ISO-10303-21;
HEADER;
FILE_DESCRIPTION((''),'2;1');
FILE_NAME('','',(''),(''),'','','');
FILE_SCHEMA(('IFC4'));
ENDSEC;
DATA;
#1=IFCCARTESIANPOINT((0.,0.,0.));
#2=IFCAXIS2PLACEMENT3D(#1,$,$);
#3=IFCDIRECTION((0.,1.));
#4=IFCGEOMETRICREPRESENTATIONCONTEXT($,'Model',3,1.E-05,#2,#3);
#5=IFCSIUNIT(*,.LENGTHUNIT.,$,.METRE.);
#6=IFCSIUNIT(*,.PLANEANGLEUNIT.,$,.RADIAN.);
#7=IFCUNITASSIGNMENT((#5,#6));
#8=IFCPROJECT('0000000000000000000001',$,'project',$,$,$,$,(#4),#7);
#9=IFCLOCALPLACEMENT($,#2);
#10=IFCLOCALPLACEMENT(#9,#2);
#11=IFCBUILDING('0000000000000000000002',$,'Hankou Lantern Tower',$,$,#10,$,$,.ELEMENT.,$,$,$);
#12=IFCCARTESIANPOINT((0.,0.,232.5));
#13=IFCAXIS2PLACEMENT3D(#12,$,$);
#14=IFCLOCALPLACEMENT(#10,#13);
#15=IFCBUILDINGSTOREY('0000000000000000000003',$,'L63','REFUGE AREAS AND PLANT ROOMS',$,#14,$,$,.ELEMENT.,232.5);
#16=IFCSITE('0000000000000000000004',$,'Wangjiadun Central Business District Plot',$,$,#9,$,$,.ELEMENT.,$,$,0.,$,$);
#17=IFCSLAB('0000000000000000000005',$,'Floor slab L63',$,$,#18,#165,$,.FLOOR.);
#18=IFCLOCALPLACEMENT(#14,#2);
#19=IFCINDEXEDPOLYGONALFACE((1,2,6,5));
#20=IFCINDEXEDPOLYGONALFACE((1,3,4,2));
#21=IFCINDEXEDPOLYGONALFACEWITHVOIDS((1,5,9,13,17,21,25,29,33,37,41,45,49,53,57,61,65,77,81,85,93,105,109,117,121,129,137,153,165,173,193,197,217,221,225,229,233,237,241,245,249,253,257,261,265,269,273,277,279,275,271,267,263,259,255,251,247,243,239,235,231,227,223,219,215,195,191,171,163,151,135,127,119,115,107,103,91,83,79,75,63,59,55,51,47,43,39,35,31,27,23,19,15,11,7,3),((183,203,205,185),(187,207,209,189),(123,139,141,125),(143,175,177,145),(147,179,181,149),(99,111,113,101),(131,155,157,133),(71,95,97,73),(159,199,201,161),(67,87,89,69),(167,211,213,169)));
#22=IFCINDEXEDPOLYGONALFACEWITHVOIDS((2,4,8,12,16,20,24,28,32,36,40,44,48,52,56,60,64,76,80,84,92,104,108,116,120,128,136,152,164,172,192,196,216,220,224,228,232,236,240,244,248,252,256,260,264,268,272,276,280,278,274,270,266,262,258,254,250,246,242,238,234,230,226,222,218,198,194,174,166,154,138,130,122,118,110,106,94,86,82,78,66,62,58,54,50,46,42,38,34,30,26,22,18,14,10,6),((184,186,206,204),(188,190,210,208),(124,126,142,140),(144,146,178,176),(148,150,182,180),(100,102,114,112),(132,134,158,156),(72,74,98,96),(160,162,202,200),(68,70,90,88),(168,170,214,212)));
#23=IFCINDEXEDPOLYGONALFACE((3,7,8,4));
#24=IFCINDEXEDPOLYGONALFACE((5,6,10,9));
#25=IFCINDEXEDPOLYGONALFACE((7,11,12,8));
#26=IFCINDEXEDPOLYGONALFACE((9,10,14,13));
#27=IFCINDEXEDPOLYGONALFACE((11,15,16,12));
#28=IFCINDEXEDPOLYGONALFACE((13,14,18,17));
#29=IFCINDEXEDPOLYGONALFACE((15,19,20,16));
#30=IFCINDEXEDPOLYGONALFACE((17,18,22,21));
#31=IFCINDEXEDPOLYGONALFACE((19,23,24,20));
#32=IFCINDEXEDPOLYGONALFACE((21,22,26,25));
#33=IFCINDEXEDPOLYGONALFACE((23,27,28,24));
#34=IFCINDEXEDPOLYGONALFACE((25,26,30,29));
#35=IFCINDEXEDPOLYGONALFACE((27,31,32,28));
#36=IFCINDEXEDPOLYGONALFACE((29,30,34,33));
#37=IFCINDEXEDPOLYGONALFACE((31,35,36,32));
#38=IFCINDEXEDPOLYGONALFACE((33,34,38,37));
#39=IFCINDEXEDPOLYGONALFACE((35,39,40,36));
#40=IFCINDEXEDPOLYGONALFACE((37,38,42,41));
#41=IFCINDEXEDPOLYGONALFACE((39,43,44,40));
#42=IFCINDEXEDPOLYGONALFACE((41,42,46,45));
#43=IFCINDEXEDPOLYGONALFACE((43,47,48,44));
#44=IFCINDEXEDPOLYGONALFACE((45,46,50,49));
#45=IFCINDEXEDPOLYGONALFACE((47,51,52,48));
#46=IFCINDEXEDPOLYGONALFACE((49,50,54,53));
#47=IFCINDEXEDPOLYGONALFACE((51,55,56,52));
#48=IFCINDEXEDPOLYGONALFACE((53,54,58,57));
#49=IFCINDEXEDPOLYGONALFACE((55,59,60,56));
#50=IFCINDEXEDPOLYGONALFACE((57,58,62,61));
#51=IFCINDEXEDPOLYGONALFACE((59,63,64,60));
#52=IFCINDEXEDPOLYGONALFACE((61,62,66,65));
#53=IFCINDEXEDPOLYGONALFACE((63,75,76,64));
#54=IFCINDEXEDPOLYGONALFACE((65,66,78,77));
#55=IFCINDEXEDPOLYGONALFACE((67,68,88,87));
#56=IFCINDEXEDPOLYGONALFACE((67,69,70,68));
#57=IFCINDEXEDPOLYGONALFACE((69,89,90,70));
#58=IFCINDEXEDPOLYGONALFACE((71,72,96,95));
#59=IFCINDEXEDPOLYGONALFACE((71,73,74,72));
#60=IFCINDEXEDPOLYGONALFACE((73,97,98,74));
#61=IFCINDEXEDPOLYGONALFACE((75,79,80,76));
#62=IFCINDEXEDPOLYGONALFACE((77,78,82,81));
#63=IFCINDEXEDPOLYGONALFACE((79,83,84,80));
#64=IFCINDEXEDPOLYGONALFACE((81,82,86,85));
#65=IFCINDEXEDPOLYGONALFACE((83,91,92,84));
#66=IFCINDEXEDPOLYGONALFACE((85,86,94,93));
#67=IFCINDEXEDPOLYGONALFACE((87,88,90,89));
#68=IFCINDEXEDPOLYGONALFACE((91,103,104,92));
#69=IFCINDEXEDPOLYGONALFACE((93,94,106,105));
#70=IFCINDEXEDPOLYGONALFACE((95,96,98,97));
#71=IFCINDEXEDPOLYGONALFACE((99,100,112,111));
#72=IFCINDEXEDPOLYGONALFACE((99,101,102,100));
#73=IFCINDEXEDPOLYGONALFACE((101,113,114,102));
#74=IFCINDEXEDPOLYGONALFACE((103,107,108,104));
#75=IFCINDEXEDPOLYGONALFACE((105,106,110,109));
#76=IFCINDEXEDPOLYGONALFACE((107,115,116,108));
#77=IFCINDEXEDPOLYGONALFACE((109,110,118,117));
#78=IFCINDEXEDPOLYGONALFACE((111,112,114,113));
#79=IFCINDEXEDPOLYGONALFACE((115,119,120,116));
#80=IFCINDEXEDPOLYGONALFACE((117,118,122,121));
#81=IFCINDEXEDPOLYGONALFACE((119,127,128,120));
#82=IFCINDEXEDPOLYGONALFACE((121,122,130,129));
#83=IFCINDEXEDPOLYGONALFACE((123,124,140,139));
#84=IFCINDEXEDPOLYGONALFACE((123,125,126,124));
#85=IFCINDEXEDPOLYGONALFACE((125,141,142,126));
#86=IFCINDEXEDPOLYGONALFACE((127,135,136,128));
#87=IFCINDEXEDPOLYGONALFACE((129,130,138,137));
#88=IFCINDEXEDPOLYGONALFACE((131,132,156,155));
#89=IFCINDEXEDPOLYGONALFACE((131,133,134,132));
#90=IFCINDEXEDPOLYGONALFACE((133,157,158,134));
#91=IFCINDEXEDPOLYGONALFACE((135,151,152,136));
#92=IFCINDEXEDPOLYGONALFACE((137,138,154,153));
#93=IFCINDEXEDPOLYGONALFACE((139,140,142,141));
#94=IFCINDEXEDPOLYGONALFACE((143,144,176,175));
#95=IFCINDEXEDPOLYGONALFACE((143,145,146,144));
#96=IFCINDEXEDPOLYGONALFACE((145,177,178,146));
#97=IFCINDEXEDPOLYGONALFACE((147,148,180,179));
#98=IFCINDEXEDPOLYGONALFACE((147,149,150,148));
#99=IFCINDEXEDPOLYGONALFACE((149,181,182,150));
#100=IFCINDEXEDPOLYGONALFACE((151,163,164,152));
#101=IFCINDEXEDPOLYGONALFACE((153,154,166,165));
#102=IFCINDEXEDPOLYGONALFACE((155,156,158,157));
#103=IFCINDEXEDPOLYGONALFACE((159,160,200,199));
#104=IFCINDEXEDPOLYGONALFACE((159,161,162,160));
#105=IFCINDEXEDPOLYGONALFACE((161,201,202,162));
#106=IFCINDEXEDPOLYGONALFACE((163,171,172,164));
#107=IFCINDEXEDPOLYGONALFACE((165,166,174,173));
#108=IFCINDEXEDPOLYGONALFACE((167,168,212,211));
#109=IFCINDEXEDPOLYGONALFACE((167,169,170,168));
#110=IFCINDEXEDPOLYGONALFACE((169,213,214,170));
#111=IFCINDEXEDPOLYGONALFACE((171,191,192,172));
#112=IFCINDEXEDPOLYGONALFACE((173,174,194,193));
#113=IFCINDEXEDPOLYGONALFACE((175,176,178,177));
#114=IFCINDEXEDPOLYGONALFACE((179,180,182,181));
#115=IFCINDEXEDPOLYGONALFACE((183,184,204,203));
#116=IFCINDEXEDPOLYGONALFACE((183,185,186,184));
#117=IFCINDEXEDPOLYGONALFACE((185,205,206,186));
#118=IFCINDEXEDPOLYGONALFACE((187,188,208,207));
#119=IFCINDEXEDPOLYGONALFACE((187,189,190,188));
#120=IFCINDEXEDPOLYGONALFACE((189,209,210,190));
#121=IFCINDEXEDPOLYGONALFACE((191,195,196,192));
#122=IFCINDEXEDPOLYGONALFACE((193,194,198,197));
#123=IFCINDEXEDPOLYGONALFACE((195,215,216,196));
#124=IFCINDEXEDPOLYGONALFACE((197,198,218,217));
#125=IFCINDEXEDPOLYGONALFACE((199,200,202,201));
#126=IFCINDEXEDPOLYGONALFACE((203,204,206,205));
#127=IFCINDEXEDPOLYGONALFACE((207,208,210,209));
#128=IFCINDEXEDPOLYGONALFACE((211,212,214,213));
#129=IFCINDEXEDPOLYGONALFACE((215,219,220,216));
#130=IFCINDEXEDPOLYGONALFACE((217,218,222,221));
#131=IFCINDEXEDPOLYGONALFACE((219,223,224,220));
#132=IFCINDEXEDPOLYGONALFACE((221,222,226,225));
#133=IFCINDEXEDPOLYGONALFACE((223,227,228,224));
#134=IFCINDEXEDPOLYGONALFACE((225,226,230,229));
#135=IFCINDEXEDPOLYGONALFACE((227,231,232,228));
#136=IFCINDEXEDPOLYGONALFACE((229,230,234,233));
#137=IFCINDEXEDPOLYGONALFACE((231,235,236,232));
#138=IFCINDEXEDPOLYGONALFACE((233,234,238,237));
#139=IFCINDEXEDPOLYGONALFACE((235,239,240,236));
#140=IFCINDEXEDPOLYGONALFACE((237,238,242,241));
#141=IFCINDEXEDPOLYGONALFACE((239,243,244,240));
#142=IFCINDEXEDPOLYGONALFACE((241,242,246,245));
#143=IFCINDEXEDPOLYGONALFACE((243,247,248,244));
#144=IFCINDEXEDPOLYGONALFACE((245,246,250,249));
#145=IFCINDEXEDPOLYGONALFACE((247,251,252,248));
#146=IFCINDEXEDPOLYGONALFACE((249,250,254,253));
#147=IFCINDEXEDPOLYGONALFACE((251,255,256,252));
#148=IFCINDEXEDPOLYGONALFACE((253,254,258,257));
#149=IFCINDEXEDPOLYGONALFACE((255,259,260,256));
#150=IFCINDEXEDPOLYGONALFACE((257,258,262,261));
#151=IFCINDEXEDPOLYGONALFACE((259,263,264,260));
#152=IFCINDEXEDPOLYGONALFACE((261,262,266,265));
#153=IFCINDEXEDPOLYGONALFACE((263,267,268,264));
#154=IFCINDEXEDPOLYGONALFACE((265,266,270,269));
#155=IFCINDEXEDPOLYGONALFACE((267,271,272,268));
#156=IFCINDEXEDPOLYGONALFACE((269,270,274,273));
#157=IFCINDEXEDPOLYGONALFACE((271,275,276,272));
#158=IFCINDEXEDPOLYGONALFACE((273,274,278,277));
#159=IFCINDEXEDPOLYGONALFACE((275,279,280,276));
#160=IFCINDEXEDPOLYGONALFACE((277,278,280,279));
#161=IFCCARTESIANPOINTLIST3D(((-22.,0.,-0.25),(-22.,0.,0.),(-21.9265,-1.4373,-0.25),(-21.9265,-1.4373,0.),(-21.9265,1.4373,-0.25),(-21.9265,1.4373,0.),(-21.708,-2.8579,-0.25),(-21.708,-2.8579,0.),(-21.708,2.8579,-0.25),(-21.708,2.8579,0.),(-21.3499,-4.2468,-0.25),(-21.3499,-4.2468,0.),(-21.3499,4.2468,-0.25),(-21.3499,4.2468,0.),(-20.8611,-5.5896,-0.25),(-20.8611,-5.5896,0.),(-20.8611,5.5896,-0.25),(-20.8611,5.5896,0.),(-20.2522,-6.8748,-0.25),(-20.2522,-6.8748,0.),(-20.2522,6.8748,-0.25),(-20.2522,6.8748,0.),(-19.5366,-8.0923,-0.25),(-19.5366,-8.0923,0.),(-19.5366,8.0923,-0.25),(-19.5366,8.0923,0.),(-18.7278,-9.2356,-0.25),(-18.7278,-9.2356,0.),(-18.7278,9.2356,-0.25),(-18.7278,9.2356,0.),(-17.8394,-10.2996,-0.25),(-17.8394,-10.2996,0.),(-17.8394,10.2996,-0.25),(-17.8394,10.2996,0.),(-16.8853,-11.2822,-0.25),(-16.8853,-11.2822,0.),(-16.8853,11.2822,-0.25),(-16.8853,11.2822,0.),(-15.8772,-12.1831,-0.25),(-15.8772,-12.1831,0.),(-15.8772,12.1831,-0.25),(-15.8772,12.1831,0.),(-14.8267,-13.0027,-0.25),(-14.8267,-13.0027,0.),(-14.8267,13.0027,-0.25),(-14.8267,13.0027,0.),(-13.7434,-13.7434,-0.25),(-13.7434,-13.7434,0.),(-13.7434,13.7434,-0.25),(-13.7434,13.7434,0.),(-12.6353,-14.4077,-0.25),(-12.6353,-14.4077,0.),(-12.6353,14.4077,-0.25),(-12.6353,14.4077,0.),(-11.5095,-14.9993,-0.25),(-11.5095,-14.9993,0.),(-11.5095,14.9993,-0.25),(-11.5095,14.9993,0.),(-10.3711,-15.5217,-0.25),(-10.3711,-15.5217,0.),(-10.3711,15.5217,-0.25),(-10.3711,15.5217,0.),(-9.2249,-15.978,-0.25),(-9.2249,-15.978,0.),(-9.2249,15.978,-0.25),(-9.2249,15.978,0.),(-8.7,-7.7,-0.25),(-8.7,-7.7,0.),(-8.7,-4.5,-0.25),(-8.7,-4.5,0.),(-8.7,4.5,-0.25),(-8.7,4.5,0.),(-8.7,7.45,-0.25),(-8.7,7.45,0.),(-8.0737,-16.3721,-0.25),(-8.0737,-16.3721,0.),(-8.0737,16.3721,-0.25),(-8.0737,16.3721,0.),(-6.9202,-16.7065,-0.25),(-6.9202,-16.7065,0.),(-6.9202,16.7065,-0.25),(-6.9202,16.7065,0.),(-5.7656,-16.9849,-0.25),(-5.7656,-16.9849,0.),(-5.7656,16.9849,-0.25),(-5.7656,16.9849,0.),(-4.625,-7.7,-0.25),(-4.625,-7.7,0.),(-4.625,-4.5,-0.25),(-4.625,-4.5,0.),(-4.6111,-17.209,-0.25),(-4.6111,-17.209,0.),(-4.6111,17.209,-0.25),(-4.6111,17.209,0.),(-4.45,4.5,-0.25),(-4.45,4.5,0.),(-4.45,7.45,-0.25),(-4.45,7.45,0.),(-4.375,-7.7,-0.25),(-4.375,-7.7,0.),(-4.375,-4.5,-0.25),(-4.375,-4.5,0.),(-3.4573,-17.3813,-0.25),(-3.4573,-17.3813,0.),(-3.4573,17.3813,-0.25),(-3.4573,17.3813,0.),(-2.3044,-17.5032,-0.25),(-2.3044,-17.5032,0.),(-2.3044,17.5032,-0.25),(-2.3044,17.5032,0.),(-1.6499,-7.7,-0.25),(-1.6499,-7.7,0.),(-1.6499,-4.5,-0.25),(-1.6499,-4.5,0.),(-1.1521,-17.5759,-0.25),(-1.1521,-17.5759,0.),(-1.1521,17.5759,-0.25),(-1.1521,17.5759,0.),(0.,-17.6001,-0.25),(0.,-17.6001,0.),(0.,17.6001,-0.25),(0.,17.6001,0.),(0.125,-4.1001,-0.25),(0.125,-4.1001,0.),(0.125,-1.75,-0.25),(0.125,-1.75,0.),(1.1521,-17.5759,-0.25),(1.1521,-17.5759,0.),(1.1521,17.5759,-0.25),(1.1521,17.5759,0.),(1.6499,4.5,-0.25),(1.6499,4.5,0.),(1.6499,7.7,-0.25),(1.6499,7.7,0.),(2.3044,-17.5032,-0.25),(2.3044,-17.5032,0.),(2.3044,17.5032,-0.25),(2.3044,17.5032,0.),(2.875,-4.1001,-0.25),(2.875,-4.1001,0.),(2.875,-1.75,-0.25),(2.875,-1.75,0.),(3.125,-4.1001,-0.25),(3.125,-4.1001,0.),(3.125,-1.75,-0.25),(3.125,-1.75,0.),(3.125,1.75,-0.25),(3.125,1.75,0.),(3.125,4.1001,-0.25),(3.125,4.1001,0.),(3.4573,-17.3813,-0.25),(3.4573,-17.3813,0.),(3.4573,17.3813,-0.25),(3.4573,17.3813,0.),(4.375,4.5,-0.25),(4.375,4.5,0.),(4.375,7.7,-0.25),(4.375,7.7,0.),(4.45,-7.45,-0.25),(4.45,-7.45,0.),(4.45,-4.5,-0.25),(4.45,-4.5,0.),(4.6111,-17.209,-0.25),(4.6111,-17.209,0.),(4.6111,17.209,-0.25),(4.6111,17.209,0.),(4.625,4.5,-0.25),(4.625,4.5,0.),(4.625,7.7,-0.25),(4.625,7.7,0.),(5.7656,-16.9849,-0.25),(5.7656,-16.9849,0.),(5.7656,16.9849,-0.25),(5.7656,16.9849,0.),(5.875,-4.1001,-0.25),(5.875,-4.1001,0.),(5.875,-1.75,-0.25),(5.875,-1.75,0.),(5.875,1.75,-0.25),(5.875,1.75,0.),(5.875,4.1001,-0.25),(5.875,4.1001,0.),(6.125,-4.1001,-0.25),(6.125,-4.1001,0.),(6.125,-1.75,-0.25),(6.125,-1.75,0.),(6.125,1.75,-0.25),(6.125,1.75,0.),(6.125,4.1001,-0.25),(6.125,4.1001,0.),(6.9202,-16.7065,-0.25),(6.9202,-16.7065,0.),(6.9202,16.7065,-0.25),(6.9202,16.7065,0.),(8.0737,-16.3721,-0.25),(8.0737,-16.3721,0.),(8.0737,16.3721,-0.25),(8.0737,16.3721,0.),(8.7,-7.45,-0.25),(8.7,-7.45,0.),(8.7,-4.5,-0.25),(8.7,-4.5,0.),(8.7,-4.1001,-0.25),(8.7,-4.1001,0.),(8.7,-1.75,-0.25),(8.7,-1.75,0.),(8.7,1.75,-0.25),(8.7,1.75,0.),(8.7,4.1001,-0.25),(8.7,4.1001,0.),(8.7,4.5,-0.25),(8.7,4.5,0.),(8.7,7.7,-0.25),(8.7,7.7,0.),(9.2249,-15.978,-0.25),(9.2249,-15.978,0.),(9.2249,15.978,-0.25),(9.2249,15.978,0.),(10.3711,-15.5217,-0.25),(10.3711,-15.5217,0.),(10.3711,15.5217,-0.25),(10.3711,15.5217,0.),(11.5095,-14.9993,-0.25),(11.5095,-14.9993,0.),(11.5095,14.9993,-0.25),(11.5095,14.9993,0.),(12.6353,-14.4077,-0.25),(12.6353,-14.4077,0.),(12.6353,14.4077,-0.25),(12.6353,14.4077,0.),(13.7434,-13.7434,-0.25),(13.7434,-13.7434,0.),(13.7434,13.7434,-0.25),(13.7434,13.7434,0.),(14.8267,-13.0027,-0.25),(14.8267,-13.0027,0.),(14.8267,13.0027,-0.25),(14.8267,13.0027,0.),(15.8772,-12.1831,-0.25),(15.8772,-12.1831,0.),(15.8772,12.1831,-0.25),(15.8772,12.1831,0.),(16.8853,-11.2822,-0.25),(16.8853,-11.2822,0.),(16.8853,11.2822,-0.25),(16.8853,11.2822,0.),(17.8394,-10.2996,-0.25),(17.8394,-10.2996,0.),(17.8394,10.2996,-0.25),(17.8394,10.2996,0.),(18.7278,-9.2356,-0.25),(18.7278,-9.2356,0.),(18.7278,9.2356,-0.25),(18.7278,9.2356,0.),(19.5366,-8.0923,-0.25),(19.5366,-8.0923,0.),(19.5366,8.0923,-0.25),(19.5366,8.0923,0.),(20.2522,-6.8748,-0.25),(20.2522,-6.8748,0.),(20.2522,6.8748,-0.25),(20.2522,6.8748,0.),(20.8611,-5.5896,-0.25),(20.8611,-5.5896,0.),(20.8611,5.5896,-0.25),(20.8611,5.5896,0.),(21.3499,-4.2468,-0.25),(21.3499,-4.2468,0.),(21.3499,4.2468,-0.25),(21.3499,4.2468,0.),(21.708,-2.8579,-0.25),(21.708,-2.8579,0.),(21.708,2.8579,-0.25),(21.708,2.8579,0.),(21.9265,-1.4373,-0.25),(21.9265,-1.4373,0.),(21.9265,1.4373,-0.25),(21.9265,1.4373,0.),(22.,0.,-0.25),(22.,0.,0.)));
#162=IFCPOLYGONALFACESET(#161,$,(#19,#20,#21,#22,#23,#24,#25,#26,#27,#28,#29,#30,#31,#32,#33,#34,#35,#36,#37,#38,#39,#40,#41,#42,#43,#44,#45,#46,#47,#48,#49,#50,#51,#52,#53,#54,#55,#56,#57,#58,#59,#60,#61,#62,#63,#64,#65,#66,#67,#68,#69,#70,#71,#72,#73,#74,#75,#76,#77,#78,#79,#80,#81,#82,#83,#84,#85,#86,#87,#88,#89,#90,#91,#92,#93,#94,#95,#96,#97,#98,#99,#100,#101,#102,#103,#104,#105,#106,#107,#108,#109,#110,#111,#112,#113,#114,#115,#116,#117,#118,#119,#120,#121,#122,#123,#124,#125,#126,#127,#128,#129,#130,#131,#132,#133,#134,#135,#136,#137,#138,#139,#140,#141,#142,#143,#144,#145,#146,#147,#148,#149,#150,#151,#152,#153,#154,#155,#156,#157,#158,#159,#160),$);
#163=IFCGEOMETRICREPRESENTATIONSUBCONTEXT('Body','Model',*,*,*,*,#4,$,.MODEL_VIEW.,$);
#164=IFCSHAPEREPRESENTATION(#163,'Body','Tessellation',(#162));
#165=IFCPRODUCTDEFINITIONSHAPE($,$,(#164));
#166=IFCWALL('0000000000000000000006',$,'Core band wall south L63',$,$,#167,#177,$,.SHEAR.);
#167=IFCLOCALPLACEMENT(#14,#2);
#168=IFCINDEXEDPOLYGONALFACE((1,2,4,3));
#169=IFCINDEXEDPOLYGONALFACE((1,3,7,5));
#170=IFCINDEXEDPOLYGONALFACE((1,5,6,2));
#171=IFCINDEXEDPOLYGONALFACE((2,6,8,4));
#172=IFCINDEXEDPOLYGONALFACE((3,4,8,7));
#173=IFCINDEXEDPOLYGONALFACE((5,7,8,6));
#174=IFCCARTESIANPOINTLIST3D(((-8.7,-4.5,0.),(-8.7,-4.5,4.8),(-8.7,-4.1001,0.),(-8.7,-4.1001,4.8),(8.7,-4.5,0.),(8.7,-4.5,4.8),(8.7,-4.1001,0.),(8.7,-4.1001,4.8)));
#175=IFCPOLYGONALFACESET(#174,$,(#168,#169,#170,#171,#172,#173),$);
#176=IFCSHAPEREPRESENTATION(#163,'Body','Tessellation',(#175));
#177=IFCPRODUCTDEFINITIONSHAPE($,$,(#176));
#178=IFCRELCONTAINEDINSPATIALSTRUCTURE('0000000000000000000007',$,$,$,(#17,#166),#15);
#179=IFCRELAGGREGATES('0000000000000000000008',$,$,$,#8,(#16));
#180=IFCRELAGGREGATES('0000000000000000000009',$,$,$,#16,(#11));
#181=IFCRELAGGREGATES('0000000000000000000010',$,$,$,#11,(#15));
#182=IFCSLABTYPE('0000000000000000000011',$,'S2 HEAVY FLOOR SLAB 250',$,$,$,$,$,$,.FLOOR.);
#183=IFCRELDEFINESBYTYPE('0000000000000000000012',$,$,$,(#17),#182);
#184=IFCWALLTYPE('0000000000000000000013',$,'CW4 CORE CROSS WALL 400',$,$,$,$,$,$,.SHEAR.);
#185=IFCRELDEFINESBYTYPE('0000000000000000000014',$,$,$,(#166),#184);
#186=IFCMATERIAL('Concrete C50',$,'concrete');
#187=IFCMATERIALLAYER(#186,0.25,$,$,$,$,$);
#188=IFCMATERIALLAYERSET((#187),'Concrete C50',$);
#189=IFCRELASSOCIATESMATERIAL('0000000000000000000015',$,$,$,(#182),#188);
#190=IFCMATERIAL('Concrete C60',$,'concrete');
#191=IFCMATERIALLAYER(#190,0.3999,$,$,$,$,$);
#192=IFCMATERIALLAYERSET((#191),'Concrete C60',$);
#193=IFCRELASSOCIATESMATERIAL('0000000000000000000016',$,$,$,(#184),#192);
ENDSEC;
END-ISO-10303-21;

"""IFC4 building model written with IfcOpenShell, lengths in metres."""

from ifc_helpers import new_model, si_unit, direction, frame, frame_2d, origin, place, context, subcontext, project, spatial, polyline, rectangle, outline, extrude, material, layer, layer_set, type_object, element, save


model = new_model("IFC4")

# Units and contexts
model_context = context("Model", 3, precision=1e-05, world=origin(), true_north=direction((0.0, 1.0)))
body_context = subcontext(model_context, "Body", "Model", "MODEL_VIEW")
ifc_project = project(units=[si_unit("LENGTHUNIT", "METRE"), si_unit("PLANEANGLEUNIT", "RADIAN")], contexts=[model_context])

# Site, building, storey
site_placement = place(None, origin())
site = spatial("IfcSite", under=ifc_project, at=site_placement, Name="Wangjiadun Central Business District Plot", CompositionType="ELEMENT", RefElevation=0.0)
building_placement = place(site_placement, origin())
building = spatial("IfcBuilding", under=site, at=building_placement, Name="Hankou Lantern Tower", CompositionType="ELEMENT")
storey_placement = place(building_placement, frame((0.0, 0.0, 232.5)))
storey = spatial("IfcBuildingStorey", under=building, at=storey_placement, Name="L63", Description="REFUGE AREAS AND PLANT ROOMS", CompositionType="ELEMENT", Elevation=232.5)

# Slab
ifc_material_1 = material(Name="Concrete C50", Category="concrete")
ifc_layer_1 = layer(ifc_material_1, 0.25)
ifc_layer_set_1 = layer_set([ifc_layer_1], Name="Concrete C50")
slab_type = type_object("IfcSlabType", Name="S2 HEAVY FLOOR SLAB 250", PredefinedType="FLOOR", material=ifc_layer_set_1)
slab_placement = place(storey_placement, frame((0.0, 0.0, -0.25)))
element("IfcSlab", 1, at=slab_placement, inside=storey, type_object=slab_type, Name="Floor slab L63", PredefinedType="FLOOR", context=body_context, shape_type="SweptSolid", body=[
    extrude(outline(polyline([(22.0, 0.0), (21.9265, 1.4373), (21.708, 2.8579), (21.3499, 4.2468), (20.8611, 5.5896), (20.2522, 6.8748), (19.5366, 8.0923), (18.7278, 9.2356), (17.8394, 10.2996), (16.8853, 11.2822), (15.8772, 12.1831), (14.8267, 13.0027), (13.7434, 13.7434), (12.6353, 14.4077), (11.5095, 14.9993), (10.3711, 15.5217), (9.2249, 15.978), (8.0737, 16.3721), (6.9202, 16.7065), (5.7656, 16.9849), (4.6111, 17.209), (3.4573, 17.3813), (2.3044, 17.5032), (1.1521, 17.5759), (0.0, 17.6001), (-1.1521, 17.5759), (-2.3044, 17.5032), (-3.4573, 17.3813), (-4.6111, 17.209), (-5.7656, 16.9849), (-6.9202, 16.7065), (-8.0737, 16.3721), (-9.2249, 15.978), (-10.3711, 15.5217), (-11.5095, 14.9993), (-12.6353, 14.4077), (-13.7434, 13.7434), (-14.8267, 13.0027), (-15.8772, 12.1831), (-16.8853, 11.2822), (-17.8394, 10.2996), (-18.7278, 9.2356), (-19.5366, 8.0923), (-20.2522, 6.8748), (-20.8611, 5.5896), (-21.3499, 4.2468), (-21.708, 2.8579), (-21.9265, 1.4373), (-22.0, 0.0), (-21.9265, -1.4373), (-21.708, -2.8579), (-21.3499, -4.2468), (-20.8611, -5.5896), (-20.2522, -6.8748), (-19.5366, -8.0923), (-18.7278, -9.2356), (-17.8394, -10.2996), (-16.8853, -11.2822), (-15.8772, -12.1831), (-14.8267, -13.0027), (-13.7434, -13.7434), (-12.6353, -14.4077), (-11.5095, -14.9993), (-10.3711, -15.5217), (-9.2249, -15.978), (-8.0737, -16.3721), (-6.9202, -16.7065), (-5.7656, -16.9849), (-4.6111, -17.209), (-3.4573, -17.3813), (-2.3044, -17.5032), (-1.1521, -17.5759), (0.0, -17.6001), (1.1521, -17.5759), (2.3044, -17.5032), (3.4573, -17.3813), (4.6111, -17.209), (5.7656, -16.9849), (6.9202, -16.7065), (8.0737, -16.3721), (9.2249, -15.978), (10.3711, -15.5217), (11.5095, -14.9993), (12.6353, -14.4077), (13.7434, -13.7434), (14.8267, -13.0027), (15.8772, -12.1831), (16.8853, -11.2822), (17.8394, -10.2996), (18.7278, -9.2356), (19.5366, -8.0923), (20.2522, -6.8748), (20.8611, -5.5896), (21.3499, -4.2468), (21.708, -2.8579), (21.9265, -1.4373), (22.0, 0.0)]), holes=[polyline([(3.125, 4.1001), (5.875, 4.1001), (5.875, 1.75), (3.125, 1.75), (3.125, 4.1001)]), polyline([(6.125, 4.1001), (8.7, 4.1001), (8.7, 1.75), (6.125, 1.75), (6.125, 4.1001)]), polyline([(0.125, -1.75), (2.875, -1.75), (2.875, -4.1001), (0.125, -4.1001), (0.125, -1.75)]), polyline([(3.125, -1.75), (5.875, -1.75), (5.875, -4.1001), (3.125, -4.1001), (3.125, -1.75)]), polyline([(6.125, -1.75), (8.7, -1.75), (8.7, -4.1001), (6.125, -4.1001), (6.125, -1.75)]), polyline([(1.6499, 7.7), (4.375, 7.7), (4.375, 4.5), (1.6499, 4.5), (1.6499, 7.7)]), polyline([(-4.375, -4.5), (-1.6499, -4.5), (-1.6499, -7.7), (-4.375, -7.7), (-4.375, -4.5)]), polyline([(-8.7, 7.45), (-4.45, 7.45), (-4.45, 4.5), (-8.7, 4.5), (-8.7, 7.45)]), polyline([(4.45, -4.5), (8.7, -4.5), (8.7, -7.45), (4.45, -7.45), (4.45, -4.5)]), polyline([(4.625, 7.7), (8.7, 7.7), (8.7, 4.5), (4.625, 4.5), (4.625, 7.7)]), polyline([(-8.7, -4.5), (-4.625, -4.5), (-4.625, -7.7), (-8.7, -7.7), (-8.7, -4.5)])]), origin(), (0.0, 0.0, 1.0), 0.25),
])

# Wall
ifc_material_2 = material(Name="Concrete C60", Category="concrete")
ifc_layer_2 = layer(ifc_material_2, 0.3999)
ifc_layer_set_2 = layer_set([ifc_layer_2], Name="Concrete C60")
wall_type_1 = type_object("IfcWallType", Name="CW4 CORE CROSS WALL 400", PredefinedType="SHEAR", material=ifc_layer_set_2)
wall_1_placement = place(storey_placement, frame((-8.7, -4.3, 0.0), z_axis=(0.0, 0.0, 1.0), x_axis=(1.0, 0.0, 0.0)))
element("IfcWall", 2, at=wall_1_placement, inside=storey, type_object=wall_type_1, Name="Core band wall south L63", PredefinedType="SHEAR", context=body_context, shape_type="SweptSolid", body=[
    extrude(rectangle(XDim=17.3999, YDim=0.3999, at=frame_2d((8.7, 0.0))), origin(), (0.0, 0.0, 1.0), 4.8),
])

save(model, "model.ifc")
